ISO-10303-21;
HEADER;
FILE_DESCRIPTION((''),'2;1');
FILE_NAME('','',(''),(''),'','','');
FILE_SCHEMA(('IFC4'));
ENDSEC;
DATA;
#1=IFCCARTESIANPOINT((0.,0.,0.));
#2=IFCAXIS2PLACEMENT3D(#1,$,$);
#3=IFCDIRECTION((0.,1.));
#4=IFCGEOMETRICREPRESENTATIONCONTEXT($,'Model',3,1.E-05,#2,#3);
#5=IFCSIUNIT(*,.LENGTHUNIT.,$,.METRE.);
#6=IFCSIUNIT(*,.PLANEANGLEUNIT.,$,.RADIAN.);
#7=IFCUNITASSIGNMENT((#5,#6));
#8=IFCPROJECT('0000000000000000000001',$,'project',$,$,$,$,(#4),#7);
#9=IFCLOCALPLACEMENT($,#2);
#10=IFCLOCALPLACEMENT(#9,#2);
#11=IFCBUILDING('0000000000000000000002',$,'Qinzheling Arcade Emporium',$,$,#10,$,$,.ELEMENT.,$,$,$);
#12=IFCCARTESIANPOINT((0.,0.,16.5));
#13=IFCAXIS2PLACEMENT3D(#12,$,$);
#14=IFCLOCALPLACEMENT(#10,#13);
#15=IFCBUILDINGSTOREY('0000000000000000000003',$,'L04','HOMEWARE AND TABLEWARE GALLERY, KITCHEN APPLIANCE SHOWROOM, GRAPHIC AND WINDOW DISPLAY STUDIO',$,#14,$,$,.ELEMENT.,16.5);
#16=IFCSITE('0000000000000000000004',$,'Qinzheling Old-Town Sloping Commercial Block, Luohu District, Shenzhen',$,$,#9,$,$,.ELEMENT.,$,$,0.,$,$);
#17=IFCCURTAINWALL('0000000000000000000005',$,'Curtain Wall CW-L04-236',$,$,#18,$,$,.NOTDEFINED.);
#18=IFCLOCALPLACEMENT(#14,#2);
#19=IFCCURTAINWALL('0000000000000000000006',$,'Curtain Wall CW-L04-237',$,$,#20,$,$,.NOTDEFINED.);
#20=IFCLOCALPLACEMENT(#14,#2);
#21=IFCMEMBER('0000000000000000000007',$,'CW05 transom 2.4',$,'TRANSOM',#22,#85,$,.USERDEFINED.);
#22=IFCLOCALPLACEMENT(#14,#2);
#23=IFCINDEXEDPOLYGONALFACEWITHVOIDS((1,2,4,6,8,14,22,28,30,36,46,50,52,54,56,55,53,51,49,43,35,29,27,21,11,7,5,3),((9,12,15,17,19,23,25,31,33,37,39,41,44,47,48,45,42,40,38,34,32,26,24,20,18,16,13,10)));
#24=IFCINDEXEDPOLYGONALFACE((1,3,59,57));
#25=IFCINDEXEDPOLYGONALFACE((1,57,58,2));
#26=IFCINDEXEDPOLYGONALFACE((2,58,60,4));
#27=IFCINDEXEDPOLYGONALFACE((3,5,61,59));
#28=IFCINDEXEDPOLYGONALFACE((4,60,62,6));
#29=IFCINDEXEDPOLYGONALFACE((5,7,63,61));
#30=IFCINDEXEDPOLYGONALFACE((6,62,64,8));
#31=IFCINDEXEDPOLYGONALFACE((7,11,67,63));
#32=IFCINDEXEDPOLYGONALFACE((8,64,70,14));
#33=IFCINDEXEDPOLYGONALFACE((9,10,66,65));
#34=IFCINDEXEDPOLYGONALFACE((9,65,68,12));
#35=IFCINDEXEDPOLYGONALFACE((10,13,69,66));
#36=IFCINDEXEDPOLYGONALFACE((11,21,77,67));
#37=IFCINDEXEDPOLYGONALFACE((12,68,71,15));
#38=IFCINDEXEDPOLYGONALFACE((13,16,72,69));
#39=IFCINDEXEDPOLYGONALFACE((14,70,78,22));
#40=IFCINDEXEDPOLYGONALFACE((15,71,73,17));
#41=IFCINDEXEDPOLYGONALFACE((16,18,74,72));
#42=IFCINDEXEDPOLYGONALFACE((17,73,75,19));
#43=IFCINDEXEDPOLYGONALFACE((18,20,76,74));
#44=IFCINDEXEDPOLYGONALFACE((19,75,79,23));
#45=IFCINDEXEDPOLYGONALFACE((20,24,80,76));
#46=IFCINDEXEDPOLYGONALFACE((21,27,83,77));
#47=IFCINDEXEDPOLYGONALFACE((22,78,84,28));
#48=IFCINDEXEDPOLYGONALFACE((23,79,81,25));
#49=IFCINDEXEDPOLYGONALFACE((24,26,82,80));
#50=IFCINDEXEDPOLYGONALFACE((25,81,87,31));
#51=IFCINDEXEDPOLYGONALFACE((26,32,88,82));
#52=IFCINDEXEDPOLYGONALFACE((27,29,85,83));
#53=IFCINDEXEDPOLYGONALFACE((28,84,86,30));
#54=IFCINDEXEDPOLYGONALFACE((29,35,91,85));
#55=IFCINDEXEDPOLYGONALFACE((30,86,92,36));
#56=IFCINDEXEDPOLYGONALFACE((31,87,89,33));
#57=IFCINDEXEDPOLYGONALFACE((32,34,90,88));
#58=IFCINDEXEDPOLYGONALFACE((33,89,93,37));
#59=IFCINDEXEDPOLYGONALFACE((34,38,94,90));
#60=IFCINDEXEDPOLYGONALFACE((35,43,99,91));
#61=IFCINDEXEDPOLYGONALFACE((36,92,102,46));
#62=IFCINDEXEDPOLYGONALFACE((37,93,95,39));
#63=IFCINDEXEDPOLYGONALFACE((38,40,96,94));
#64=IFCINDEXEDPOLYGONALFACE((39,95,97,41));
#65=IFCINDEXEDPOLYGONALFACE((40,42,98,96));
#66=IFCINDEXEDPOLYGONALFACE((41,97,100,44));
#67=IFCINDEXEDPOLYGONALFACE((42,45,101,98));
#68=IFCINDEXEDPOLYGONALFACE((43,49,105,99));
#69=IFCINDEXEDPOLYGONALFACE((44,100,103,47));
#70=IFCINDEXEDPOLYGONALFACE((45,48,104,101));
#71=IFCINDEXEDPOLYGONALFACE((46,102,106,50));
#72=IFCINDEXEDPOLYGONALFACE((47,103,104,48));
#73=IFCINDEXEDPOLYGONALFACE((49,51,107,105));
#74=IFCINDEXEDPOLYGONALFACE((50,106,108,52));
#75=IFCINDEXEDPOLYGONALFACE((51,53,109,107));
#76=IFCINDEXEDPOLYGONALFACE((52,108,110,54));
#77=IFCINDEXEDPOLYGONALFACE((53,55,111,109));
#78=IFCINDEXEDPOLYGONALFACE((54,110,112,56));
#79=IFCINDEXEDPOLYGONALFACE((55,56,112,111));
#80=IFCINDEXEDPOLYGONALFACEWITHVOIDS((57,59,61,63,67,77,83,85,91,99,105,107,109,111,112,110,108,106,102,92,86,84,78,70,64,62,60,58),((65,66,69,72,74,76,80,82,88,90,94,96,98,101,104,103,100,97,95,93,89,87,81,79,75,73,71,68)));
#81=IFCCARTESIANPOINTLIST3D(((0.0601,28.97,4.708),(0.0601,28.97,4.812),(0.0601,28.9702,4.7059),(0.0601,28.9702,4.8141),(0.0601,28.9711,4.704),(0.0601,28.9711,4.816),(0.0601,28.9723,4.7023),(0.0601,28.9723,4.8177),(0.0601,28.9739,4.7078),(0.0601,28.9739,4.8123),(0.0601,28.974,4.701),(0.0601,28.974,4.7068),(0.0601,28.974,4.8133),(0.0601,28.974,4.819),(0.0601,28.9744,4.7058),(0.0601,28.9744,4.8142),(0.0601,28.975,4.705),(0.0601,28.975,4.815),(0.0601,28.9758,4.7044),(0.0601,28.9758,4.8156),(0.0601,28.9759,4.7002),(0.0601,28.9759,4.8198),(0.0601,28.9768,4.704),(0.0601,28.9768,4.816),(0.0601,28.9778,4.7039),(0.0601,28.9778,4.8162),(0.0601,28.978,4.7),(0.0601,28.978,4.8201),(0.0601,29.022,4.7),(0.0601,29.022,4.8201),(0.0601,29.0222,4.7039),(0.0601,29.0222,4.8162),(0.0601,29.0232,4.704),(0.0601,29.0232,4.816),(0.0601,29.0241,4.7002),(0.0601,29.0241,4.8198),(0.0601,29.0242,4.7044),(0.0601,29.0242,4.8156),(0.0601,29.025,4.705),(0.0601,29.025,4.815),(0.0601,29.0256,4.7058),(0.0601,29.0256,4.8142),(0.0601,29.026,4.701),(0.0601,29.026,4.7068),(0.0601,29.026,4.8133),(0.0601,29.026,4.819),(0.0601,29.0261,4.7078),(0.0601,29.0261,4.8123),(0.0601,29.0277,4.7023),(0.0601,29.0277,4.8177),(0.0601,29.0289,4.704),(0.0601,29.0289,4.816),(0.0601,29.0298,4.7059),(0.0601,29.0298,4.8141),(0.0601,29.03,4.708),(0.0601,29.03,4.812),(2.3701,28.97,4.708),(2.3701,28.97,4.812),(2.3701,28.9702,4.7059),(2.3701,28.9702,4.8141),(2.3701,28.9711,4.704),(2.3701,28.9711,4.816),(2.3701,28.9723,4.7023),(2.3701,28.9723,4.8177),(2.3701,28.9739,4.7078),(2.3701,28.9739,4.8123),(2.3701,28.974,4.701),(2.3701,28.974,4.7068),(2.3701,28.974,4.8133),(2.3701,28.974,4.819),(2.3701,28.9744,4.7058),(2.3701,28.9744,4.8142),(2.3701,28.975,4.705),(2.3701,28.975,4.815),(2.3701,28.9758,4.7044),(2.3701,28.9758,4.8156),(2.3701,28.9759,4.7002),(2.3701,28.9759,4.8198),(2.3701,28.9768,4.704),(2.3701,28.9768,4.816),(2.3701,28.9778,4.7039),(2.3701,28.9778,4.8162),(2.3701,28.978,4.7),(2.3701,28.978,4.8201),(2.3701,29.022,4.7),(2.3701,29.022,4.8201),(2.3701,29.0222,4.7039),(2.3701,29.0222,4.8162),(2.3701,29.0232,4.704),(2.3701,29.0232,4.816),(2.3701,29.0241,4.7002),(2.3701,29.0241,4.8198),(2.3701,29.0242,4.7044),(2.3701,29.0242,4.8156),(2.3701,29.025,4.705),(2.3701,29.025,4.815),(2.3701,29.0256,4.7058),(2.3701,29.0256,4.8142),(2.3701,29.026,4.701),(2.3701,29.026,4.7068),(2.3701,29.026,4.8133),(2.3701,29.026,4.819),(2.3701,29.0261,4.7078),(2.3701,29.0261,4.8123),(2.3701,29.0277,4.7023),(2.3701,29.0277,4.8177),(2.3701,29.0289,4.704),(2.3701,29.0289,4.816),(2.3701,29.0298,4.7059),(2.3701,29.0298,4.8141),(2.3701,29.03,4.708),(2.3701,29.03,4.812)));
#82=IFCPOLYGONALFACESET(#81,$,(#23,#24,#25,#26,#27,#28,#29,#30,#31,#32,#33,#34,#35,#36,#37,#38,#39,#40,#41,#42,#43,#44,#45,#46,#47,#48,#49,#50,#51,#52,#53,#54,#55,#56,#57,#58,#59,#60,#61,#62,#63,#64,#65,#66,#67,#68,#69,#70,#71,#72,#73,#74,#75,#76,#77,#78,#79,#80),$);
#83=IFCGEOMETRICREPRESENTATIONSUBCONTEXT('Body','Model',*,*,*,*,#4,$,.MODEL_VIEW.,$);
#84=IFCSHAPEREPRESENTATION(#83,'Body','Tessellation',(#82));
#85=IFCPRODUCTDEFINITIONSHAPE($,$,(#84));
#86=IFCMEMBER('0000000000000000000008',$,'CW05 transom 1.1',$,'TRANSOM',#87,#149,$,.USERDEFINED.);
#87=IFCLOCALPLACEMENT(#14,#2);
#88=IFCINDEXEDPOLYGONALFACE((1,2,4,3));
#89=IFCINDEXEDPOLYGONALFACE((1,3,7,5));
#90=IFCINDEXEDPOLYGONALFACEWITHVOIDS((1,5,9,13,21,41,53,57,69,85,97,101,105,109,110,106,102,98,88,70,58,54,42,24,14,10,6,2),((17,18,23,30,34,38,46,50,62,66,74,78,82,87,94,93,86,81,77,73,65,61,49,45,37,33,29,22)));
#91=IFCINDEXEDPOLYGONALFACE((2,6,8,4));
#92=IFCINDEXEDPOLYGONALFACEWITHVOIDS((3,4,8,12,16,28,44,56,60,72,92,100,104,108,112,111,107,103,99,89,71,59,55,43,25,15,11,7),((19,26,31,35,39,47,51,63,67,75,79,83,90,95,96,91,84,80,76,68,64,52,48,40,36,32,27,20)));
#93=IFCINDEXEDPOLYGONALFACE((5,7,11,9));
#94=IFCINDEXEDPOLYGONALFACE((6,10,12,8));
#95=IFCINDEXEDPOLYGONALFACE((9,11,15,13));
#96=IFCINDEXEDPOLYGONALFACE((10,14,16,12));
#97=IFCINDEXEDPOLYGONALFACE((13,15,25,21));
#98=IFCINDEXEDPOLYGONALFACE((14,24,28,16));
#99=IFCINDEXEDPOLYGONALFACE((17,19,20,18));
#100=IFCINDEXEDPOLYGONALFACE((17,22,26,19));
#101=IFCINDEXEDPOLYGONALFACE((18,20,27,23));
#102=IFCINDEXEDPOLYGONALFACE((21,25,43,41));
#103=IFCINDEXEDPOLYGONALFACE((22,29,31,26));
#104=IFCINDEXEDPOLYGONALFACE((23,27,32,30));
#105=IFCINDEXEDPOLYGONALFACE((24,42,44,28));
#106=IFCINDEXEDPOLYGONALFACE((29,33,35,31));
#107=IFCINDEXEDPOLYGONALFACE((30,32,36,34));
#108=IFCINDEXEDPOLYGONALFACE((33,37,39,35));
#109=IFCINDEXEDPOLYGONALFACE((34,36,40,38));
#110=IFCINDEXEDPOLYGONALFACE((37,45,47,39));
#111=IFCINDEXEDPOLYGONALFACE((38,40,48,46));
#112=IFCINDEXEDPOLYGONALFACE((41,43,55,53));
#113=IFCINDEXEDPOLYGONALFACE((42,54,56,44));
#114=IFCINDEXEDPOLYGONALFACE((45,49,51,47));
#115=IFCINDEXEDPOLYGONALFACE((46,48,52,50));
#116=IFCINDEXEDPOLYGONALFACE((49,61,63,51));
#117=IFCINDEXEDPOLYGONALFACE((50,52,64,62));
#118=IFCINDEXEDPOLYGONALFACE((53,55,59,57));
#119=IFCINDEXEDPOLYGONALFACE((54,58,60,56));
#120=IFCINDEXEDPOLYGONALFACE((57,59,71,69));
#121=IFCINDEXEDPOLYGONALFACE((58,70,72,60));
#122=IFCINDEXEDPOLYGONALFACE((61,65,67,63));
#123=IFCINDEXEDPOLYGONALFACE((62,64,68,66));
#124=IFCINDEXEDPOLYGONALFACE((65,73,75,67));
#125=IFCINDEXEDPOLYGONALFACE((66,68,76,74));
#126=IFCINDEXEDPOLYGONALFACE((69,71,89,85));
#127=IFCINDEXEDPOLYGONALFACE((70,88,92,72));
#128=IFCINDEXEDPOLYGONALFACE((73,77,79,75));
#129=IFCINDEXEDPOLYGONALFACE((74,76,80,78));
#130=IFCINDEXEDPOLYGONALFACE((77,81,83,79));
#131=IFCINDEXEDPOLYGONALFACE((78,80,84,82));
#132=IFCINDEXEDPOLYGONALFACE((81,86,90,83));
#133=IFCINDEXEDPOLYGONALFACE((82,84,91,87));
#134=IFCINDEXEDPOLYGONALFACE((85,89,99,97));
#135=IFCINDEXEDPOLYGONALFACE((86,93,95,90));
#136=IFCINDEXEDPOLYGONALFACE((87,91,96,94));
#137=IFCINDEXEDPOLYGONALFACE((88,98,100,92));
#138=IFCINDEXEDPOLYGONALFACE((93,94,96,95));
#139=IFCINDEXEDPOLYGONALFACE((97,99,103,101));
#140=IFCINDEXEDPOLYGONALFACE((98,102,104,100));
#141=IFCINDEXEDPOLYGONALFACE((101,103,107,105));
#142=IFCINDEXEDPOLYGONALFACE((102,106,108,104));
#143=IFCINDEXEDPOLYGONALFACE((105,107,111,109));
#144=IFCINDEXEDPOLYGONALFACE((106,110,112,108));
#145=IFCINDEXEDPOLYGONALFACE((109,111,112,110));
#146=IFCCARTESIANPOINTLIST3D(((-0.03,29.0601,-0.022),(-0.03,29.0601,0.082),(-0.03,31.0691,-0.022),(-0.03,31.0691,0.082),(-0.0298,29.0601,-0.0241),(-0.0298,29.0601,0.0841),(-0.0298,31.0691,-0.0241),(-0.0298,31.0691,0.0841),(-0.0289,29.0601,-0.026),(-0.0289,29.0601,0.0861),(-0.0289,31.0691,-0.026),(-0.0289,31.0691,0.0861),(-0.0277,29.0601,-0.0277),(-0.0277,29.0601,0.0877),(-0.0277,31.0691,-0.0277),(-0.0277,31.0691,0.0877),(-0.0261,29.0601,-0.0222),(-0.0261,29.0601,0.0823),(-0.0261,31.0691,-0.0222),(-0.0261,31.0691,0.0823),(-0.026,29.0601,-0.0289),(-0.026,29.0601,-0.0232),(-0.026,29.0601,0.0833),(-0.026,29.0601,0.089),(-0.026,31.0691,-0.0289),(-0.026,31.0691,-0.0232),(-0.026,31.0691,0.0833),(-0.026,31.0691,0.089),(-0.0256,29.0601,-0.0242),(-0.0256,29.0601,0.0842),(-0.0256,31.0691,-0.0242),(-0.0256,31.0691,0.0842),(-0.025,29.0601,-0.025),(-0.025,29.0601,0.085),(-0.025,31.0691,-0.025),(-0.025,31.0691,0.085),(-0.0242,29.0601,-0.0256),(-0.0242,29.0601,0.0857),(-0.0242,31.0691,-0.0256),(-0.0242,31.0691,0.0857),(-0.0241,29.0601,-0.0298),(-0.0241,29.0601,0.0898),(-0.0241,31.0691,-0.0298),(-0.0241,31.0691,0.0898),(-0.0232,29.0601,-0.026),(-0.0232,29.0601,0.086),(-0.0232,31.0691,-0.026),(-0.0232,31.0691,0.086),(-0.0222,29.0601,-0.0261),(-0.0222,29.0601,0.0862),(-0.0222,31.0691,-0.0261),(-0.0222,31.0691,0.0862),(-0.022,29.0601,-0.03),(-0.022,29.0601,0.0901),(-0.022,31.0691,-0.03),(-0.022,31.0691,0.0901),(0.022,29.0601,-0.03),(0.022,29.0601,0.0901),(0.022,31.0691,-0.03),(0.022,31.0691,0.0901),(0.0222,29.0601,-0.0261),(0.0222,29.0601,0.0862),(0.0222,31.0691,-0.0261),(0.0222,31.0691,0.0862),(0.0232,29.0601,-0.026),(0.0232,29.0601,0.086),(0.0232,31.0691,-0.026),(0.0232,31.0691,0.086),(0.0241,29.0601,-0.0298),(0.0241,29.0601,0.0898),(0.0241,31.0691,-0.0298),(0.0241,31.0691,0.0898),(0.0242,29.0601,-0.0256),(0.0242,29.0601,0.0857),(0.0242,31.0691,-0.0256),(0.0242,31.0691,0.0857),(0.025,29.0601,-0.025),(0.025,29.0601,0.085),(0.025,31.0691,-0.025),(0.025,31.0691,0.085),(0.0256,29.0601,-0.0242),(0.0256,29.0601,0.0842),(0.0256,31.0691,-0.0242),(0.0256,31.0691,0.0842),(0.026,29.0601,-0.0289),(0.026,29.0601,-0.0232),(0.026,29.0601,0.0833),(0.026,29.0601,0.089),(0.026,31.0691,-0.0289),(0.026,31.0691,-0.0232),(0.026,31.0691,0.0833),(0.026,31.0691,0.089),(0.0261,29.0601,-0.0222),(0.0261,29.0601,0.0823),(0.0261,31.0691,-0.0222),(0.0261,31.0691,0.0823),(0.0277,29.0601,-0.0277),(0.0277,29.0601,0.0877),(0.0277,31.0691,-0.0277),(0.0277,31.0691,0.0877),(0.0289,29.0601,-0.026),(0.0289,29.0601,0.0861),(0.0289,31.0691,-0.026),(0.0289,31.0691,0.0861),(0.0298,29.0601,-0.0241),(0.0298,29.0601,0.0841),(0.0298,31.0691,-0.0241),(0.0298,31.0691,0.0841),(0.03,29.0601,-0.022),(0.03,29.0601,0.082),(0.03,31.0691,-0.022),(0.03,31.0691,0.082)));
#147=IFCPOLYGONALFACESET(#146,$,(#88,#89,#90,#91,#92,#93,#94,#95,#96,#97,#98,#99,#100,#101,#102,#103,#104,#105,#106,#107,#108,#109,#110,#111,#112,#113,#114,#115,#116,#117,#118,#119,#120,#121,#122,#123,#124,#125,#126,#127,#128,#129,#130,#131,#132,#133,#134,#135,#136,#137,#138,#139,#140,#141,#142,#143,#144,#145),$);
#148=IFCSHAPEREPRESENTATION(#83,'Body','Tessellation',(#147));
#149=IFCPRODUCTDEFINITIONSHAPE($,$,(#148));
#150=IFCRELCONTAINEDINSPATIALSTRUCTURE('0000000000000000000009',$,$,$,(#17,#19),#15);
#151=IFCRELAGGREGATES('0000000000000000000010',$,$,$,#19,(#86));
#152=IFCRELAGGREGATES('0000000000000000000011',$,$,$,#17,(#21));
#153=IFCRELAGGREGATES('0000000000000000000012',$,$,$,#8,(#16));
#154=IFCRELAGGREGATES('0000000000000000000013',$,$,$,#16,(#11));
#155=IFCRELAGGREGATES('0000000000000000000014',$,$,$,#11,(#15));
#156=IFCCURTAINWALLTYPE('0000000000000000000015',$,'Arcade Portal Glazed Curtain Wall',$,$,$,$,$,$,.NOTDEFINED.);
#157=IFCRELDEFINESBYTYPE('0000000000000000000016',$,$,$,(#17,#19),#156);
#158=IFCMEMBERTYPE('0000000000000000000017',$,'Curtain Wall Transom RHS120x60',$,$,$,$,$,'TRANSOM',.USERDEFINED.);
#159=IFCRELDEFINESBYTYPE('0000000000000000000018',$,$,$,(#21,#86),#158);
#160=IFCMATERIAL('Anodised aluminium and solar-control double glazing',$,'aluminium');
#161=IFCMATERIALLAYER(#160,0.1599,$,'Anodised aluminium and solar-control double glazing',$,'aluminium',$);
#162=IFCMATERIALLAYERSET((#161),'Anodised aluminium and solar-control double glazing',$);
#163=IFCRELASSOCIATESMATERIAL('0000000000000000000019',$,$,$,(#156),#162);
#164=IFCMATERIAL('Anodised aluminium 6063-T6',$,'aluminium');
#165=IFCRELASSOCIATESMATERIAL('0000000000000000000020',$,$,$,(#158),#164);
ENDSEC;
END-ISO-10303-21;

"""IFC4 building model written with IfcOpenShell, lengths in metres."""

from ifc_helpers import new_model, si_unit, direction, frame, origin, origin_2d, place, context, subcontext, project, spatial, hollow_rectangle, extrude, material, layer, layer_set, material_profile, profile_set, type_object, element, aggregate, save


model = new_model("IFC4")

# Units and contexts
model_context = context("Model", 3, precision=1e-05, world=origin(), true_north=direction((0.0, 1.0)))
body_context = subcontext(model_context, "Body", "Model", "MODEL_VIEW")
ifc_project = project(units=[si_unit("LENGTHUNIT", "METRE"), si_unit("PLANEANGLEUNIT", "RADIAN")], contexts=[model_context])

# Site, building, storey
site_placement = place(None, origin())
site = spatial("IfcSite", under=ifc_project, at=site_placement, Name="Qinzheling Old-Town Sloping Commercial Block, Luohu District, Shenzhen", CompositionType="ELEMENT", RefElevation=0.0)
building_placement = place(site_placement, origin())
building = spatial("IfcBuilding", under=site, at=building_placement, Name="Qinzheling Arcade Emporium", CompositionType="ELEMENT")
storey_placement = place(building_placement, frame((0.0, 0.0, 16.5)))
storey = spatial("IfcBuildingStorey", under=building, at=storey_placement, Name="L04", Description="HOMEWARE AND TABLEWARE GALLERY, KITCHEN APPLIANCE SHOWROOM, GRAPHIC AND WINDOW DISPLAY STUDIO", CompositionType="ELEMENT", Elevation=16.5)

# Shared definitions
ifc_material_1 = material(Name="Anodised aluminium and solar-control double glazing", Category="aluminium")
ifc_layer_1 = layer(ifc_material_1, 0.1599, Name="Anodised aluminium and solar-control double glazing", Category="aluminium")
ifc_layer_set_1 = layer_set([ifc_layer_1], Name="Anodised aluminium and solar-control double glazing")
curtain_wall_type = type_object("IfcCurtainWallType", Name="Arcade Portal Glazed Curtain Wall", PredefinedType="NOTDEFINED", material=ifc_layer_set_1)
ifc_material_2 = material(Name="Anodised aluminium 6063-T6", Category="aluminium")

# Curtain walls
curtain_wall_1_placement = place(storey_placement, origin())
curtain_wall_1 = element("IfcCurtainWall", 1, at=curtain_wall_1_placement, inside=storey, type_object=curtain_wall_type, Name="Curtain Wall CW-L04-236", PredefinedType="NOTDEFINED")
curtain_wall_2_placement = place(storey_placement, origin())
curtain_wall_2 = element("IfcCurtainWall", 2, at=curtain_wall_2_placement, inside=storey, type_object=curtain_wall_type, Name="Curtain Wall CW-L04-237", PredefinedType="NOTDEFINED")

# Members
ifc_material_profile_1 = material_profile(ifc_material_2, hollow_rectangle(XDim=0.0601, YDim=0.1201, WallThickness=0.0039, InnerFilletRadius=0.0039, OuterFilletRadius=0.0081, at=origin_2d()), Name="RHS 120x60x4", Category="aluminium")
ifc_profile_set_1 = profile_set([ifc_material_profile_1], Name="Anodised aluminium 6063-T6")
member_type_1 = type_object("IfcMemberType", Name="Curtain Wall Transom RHS120x60", ElementType="TRANSOM", PredefinedType="USERDEFINED", material=ifc_profile_set_1)
member_1_placement = place(storey_placement, frame((2.3701, 29.0, 4.76), z_axis=(-1.0, 0.0, 0.0), x_axis=(0.0, -1.0, 0.0)))
member_1 = element("IfcMember", 3, at=member_1_placement, type_object=member_type_1, Name="CW05 transom 2.4", ObjectType="TRANSOM", PredefinedType="USERDEFINED", context=body_context, shape_type="SweptSolid", body=[
    extrude(hollow_rectangle(XDim=0.0601, YDim=0.1201, WallThickness=0.0039, InnerFilletRadius=0.0039, OuterFilletRadius=0.0081, at=origin_2d()), origin(), (0.0, 0.0, 1.0), 2.3101),
])
member_2_placement = place(storey_placement, frame((0.0, 29.0601, 0.03), z_axis=(0.0, 1.0, 0.0), x_axis=(-1.0, 0.0, 0.0)))
member_2 = element("IfcMember", 4, at=member_2_placement, type_object=member_type_1, Name="CW05 transom 1.1", ObjectType="TRANSOM", PredefinedType="USERDEFINED", context=body_context, shape_type="SweptSolid", body=[
    extrude(hollow_rectangle(XDim=0.0601, YDim=0.1201, WallThickness=0.0039, InnerFilletRadius=0.0039, OuterFilletRadius=0.0081, at=origin_2d()), origin(), (0.0, 0.0, 1.0), 2.009),
])

aggregate(curtain_wall_2, [member_2])
aggregate(curtain_wall_1, [member_1])

save(model, "model.ifc")
